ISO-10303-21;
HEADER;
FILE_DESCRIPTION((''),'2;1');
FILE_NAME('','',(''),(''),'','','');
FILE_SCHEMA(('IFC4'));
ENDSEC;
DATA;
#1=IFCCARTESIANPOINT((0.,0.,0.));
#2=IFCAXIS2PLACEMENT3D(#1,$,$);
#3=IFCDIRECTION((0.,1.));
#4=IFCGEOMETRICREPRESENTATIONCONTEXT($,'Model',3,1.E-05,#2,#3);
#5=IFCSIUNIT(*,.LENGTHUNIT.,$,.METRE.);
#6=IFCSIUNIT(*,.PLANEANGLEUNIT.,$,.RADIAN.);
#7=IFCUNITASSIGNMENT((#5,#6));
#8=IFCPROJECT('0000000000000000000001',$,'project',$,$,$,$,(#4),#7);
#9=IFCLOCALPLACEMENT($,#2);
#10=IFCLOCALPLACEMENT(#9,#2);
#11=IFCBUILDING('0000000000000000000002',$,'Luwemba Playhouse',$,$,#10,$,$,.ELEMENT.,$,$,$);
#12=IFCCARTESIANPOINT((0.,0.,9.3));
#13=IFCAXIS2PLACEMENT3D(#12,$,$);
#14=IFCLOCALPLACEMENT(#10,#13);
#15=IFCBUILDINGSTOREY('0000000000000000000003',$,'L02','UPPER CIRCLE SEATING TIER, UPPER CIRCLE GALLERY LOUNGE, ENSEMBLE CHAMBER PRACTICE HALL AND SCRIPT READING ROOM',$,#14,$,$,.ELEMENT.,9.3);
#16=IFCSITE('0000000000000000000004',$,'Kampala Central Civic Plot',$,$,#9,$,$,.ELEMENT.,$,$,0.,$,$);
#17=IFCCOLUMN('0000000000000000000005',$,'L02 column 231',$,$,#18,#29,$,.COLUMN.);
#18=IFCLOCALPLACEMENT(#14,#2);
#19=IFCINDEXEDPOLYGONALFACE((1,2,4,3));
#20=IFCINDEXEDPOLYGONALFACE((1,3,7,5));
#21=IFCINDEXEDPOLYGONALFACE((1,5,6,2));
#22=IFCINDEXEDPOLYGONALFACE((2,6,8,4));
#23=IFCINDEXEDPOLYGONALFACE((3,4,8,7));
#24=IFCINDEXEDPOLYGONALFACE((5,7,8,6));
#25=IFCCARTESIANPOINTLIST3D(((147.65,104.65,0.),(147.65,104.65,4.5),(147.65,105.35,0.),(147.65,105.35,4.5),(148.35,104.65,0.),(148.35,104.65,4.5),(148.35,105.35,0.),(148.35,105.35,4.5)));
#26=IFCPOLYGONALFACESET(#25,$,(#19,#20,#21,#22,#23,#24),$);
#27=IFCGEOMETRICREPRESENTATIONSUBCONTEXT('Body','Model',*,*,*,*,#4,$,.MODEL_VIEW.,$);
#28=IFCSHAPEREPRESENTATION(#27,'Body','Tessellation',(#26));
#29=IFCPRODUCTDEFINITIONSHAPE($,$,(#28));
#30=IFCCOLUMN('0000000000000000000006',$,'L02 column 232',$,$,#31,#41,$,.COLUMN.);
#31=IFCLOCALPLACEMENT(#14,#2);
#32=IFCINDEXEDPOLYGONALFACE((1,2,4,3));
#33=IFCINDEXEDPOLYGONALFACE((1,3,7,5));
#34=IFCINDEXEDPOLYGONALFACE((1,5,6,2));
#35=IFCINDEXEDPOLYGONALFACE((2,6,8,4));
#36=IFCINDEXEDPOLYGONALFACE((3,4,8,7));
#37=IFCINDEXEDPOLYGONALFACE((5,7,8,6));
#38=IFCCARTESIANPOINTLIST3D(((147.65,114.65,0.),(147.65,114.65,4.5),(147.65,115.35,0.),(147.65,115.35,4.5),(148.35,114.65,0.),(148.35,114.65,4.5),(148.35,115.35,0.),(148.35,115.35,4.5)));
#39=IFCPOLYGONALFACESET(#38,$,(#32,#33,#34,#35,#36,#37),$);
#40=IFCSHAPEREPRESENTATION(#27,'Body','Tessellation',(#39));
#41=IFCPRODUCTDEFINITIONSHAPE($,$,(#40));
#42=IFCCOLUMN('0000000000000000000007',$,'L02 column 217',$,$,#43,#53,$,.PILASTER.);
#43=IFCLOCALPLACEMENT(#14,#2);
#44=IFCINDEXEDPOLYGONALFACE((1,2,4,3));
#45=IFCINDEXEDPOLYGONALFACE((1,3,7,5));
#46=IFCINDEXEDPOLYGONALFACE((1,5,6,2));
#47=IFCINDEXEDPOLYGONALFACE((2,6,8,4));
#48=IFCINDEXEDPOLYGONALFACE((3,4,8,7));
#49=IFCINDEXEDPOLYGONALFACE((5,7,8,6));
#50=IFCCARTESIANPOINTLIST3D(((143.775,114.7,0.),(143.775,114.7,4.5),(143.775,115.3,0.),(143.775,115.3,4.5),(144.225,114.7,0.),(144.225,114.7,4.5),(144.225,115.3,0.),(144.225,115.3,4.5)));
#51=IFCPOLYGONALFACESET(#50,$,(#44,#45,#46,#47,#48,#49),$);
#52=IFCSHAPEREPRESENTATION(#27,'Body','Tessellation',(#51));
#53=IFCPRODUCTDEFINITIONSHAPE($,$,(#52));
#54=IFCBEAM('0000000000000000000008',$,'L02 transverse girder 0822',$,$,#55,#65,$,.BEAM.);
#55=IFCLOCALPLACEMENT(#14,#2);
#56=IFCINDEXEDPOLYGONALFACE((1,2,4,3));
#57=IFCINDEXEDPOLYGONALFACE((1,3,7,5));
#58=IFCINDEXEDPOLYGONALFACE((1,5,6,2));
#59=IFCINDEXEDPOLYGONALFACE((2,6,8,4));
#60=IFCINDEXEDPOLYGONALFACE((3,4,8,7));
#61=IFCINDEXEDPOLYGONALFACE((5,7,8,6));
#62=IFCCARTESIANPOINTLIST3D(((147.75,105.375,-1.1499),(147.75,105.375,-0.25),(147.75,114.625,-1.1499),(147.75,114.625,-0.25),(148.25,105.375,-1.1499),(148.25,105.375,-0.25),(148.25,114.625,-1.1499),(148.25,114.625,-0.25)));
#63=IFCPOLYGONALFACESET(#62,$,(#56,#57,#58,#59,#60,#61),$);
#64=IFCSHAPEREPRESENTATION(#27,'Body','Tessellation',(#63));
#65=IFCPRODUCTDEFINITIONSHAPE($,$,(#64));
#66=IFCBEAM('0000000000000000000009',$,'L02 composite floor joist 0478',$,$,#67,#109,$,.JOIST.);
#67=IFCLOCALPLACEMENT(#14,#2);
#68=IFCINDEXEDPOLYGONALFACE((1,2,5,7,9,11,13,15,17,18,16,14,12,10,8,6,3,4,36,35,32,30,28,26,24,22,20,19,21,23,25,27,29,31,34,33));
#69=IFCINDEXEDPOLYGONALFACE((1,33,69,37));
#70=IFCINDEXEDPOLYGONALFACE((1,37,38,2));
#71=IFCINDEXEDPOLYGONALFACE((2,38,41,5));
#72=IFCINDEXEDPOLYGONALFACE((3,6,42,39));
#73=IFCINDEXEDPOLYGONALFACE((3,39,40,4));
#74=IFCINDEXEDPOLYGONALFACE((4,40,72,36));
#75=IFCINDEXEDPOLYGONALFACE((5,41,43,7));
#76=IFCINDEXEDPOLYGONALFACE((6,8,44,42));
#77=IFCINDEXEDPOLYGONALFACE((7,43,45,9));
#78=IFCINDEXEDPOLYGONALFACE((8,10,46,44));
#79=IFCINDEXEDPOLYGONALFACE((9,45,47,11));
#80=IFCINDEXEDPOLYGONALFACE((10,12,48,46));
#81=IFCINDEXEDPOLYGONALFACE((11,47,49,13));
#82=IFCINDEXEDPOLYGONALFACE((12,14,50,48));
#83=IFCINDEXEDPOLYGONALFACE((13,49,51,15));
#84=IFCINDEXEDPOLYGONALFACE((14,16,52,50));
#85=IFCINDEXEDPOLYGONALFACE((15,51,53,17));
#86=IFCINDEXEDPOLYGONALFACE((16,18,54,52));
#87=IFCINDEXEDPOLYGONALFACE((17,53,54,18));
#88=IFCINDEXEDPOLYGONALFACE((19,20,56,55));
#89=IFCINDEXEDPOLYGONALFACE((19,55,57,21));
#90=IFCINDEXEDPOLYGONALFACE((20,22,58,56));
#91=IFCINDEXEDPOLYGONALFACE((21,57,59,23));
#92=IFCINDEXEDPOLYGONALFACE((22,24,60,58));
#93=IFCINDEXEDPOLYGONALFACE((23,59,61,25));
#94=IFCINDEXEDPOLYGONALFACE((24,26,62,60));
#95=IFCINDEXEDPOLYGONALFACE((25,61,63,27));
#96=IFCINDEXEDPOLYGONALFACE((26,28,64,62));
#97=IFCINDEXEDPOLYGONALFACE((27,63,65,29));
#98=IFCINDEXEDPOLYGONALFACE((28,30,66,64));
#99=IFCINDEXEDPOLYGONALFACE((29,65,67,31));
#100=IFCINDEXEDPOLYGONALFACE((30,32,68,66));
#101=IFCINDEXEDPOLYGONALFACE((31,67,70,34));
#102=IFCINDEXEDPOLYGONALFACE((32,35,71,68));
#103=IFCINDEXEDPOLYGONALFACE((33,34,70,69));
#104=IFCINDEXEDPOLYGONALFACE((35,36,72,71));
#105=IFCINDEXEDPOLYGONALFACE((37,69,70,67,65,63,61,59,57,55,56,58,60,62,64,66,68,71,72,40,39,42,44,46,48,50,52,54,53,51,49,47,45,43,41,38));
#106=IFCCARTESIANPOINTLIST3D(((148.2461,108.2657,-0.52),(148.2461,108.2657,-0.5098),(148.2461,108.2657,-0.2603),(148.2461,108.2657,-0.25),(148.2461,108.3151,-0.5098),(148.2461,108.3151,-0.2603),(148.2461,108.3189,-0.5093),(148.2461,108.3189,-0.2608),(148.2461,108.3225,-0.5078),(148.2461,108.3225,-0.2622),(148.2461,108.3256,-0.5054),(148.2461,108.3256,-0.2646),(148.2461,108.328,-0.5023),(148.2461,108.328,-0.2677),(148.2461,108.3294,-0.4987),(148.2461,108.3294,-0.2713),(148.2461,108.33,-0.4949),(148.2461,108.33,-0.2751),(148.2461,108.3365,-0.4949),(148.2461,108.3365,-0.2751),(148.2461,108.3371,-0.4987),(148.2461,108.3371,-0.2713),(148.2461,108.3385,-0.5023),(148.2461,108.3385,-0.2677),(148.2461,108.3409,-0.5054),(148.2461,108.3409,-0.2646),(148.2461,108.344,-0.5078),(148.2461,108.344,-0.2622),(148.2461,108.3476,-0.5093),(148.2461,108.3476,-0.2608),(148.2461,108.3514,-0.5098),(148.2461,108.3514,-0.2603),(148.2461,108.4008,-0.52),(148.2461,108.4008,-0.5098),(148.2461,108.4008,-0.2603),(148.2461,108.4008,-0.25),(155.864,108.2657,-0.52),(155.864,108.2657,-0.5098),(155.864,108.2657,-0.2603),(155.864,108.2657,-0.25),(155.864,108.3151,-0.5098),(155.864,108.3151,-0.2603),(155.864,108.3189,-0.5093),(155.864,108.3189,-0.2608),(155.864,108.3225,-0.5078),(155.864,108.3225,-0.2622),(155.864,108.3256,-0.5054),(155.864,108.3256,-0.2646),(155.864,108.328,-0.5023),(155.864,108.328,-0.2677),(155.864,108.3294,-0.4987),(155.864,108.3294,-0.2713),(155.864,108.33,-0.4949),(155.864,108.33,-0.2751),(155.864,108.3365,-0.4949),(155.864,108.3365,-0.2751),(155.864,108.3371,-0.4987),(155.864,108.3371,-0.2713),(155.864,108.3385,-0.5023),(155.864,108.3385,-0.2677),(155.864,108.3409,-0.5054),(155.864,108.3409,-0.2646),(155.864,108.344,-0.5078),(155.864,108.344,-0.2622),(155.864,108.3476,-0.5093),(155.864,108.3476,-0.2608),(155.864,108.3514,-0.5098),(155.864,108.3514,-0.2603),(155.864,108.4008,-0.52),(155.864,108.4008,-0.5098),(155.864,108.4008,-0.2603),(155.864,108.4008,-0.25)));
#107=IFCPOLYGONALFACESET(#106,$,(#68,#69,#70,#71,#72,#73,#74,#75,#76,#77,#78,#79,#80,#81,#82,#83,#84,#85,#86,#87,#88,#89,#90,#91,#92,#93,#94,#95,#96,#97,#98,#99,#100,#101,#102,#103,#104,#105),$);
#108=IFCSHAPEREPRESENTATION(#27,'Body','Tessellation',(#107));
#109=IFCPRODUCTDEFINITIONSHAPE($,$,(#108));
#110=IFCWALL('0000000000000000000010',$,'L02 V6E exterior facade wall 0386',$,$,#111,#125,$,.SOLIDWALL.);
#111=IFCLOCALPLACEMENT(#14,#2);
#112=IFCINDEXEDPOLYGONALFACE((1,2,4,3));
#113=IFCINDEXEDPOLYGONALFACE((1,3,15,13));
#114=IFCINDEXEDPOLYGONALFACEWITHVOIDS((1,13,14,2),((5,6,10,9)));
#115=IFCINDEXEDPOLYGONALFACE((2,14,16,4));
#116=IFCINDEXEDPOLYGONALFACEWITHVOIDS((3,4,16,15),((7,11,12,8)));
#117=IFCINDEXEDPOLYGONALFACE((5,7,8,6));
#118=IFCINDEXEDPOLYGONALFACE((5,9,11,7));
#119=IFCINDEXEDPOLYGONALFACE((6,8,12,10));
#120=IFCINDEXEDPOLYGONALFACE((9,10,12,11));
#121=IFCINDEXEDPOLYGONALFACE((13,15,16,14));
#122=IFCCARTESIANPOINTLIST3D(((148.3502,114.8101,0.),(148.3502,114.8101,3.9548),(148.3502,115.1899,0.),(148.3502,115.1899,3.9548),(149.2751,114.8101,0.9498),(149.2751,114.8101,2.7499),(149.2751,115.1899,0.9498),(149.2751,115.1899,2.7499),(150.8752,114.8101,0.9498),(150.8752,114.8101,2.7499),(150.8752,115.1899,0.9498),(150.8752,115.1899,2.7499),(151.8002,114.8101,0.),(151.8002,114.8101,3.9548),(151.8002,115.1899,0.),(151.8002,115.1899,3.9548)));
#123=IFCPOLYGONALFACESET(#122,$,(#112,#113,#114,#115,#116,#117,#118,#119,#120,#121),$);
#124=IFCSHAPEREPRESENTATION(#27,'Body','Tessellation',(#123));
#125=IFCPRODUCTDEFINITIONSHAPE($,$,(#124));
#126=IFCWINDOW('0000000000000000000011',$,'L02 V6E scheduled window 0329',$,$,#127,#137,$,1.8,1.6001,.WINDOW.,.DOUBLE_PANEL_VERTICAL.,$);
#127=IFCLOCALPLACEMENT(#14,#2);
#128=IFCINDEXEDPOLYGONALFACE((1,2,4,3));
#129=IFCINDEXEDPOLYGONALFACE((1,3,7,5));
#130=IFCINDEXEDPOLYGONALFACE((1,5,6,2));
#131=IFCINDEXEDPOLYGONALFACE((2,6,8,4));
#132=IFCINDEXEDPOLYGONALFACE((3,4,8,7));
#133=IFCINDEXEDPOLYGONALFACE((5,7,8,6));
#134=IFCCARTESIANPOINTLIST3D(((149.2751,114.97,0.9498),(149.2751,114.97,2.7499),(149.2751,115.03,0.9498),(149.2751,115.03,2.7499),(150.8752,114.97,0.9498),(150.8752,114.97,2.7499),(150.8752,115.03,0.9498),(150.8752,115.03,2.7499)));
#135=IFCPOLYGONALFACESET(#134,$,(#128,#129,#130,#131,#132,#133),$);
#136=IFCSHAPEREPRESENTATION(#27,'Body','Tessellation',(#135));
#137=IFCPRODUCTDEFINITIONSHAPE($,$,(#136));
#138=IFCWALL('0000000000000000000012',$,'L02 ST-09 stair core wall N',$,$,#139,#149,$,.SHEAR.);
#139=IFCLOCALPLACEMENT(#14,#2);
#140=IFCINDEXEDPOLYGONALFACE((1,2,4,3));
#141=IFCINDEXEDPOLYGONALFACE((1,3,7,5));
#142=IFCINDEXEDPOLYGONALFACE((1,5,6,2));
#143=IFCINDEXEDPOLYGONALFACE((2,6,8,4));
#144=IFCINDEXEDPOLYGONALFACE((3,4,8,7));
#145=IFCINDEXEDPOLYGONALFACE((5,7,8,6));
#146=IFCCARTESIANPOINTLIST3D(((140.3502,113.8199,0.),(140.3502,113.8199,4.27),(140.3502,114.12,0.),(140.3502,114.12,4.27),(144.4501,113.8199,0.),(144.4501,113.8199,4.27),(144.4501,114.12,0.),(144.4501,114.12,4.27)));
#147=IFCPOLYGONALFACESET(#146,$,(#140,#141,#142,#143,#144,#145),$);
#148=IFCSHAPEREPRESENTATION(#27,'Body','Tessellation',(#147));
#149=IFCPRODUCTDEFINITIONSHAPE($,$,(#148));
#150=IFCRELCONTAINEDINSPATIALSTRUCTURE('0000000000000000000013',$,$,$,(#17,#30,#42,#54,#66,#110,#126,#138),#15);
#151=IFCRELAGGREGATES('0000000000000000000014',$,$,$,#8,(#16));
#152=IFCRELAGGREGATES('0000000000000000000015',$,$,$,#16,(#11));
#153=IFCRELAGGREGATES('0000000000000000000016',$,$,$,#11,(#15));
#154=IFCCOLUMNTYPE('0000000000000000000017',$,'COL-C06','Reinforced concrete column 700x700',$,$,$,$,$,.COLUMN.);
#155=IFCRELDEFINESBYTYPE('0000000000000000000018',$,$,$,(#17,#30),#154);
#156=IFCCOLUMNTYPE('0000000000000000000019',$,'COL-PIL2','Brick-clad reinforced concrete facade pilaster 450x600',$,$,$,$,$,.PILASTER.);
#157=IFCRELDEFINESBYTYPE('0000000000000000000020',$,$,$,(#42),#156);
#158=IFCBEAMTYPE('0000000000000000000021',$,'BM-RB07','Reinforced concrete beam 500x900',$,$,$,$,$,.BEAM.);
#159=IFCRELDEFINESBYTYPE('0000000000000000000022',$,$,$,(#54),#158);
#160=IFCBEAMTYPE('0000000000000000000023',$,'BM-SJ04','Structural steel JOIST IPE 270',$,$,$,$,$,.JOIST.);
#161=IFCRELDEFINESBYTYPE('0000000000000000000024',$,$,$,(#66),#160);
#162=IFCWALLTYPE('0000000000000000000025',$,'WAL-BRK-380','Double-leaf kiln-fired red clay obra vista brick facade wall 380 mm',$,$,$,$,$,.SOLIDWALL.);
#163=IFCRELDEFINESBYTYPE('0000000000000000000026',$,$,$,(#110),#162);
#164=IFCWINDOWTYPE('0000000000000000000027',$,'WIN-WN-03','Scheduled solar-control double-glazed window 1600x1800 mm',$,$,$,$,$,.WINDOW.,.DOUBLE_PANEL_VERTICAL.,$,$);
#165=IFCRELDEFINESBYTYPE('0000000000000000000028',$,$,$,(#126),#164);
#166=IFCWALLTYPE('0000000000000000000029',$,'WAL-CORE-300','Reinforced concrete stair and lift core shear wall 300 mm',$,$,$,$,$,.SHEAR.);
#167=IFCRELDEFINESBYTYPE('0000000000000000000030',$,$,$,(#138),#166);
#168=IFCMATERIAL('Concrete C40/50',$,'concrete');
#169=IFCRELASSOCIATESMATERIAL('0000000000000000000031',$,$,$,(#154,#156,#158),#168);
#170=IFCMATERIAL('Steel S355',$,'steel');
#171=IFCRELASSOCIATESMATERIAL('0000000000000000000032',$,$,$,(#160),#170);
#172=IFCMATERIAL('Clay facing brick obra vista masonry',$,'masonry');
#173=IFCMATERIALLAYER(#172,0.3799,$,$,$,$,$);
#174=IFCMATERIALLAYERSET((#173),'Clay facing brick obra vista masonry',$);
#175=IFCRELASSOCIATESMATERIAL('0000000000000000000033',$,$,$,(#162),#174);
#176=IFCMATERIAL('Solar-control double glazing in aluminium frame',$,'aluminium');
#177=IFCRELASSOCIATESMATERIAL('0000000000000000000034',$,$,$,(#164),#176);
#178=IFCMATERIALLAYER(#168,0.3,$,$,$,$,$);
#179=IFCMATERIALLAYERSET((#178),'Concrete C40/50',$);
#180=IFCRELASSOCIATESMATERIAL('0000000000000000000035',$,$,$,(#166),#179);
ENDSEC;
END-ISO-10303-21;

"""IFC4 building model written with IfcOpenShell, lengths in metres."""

from ifc_helpers import new_model, si_unit, direction, frame, frame_2d, origin, origin_2d, place, context, subcontext, project, spatial, rectangle, i_section, extrude, material, layer, layer_set, material_profile, profile_set, type_object, element, fill, save


model = new_model("IFC4")

# Units and contexts
model_context = context("Model", 3, precision=1e-05, world=origin(), true_north=direction((0.0, 1.0)))
body_context = subcontext(model_context, "Body", "Model", "MODEL_VIEW")
ifc_project = project(units=[si_unit("LENGTHUNIT", "METRE"), si_unit("PLANEANGLEUNIT", "RADIAN")], contexts=[model_context])

# Site, building, storey
site_placement = place(None, origin())
site = spatial("IfcSite", under=ifc_project, at=site_placement, Name="Kampala Central Civic Plot", CompositionType="ELEMENT", RefElevation=0.0)
building_placement = place(site_placement, origin())
building = spatial("IfcBuilding", under=site, at=building_placement, Name="Luwemba Playhouse", CompositionType="ELEMENT")
storey_placement = place(building_placement, frame((0.0, 0.0, 9.3)))
storey = spatial("IfcBuildingStorey", under=building, at=storey_placement, Name="L02", Description="UPPER CIRCLE SEATING TIER, UPPER CIRCLE GALLERY LOUNGE, ENSEMBLE CHAMBER PRACTICE HALL AND SCRIPT READING ROOM", CompositionType="ELEMENT", Elevation=9.3)

# Columns
ifc_material_1 = material(Name="Concrete C40/50", Category="concrete")
ifc_material_profile_1 = material_profile(ifc_material_1, rectangle(XDim=0.7, YDim=0.7, at=origin_2d()))
ifc_profile_set_1 = profile_set([ifc_material_profile_1], Name="Concrete C40/50")
column_type_1 = type_object("IfcColumnType", Name="COL-C06", Description="Reinforced concrete column 700x700", PredefinedType="COLUMN", material=ifc_profile_set_1)
for number, where, z_axis, x_axis, name in (
    (1, (148.0, 105.0, 0.0), (0.0, 0.0, 1.0), (1.0, 0.0, 0.0), "L02 column 231"),
    (2, (148.0, 115.0, 0.0), (0.0, 0.0, 1.0), (1.0, 0.0, 0.0), "L02 column 232"),
):
    element("IfcColumn", number, at=place(storey_placement, frame(where, z_axis=z_axis, x_axis=x_axis)), inside=storey, type_object=column_type_1, Name=name, PredefinedType="COLUMN", context=body_context, shape_type="SweptSolid", body=[
        extrude(rectangle(XDim=0.7, YDim=0.7, at=origin_2d()), origin(), (0.0, 0.0, 1.0), 4.5),
    ])
ifc_material_profile_2 = material_profile(ifc_material_1, rectangle(XDim=0.45, YDim=0.6001, at=origin_2d()))
ifc_profile_set_2 = profile_set([ifc_material_profile_2], Name="Concrete C40/50")
column_type_2 = type_object("IfcColumnType", Name="COL-PIL2", Description="Brick-clad reinforced concrete facade pilaster 450x600", PredefinedType="PILASTER", material=ifc_profile_set_2)
column_placement = place(storey_placement, frame((144.0, 115.0, 0.0), z_axis=(0.0, 0.0, 1.0), x_axis=(1.0, 0.0, 0.0)))
element("IfcColumn", 3, at=column_placement, inside=storey, type_object=column_type_2, Name="L02 column 217", PredefinedType="PILASTER", context=body_context, shape_type="SweptSolid", body=[
    extrude(rectangle(XDim=0.45, YDim=0.6001, at=origin_2d()), origin(), (0.0, 0.0, 1.0), 4.5),
])

# Beams
ifc_material_profile_3 = material_profile(ifc_material_1, rectangle(XDim=0.5, YDim=0.8999, at=origin_2d()))
ifc_profile_set_3 = profile_set([ifc_material_profile_3], Name="Concrete C40/50")
beam_type_1 = type_object("IfcBeamType", Name="BM-RB07", Description="Reinforced concrete beam 500x900", PredefinedType="BEAM", material=ifc_profile_set_3)
beam_1_placement = place(storey_placement, frame((148.0, 105.375, -0.7), z_axis=(0.0, 1.0, 0.0), x_axis=(-1.0, 0.0, 0.0)))
element("IfcBeam", 4, at=beam_1_placement, inside=storey, type_object=beam_type_1, Name="L02 transverse girder 0822", PredefinedType="BEAM", context=body_context, shape_type="SweptSolid", body=[
    extrude(rectangle(XDim=0.5, YDim=0.8999, at=origin_2d()), origin(), (0.0, 0.0, 1.0), 9.25),
])
ifc_material_2 = material(Name="Steel S355", Category="steel")
ifc_material_profile_4 = material_profile(ifc_material_2, i_section(OverallWidth=0.135, OverallDepth=0.27, WebThickness=0.0066, FlangeThickness=0.0103, FilletRadius=0.0149, at=origin_2d()))
ifc_profile_set_4 = profile_set([ifc_material_profile_4], Name="Steel S355")
beam_type_2 = type_object("IfcBeamType", Name="BM-SJ04", Description="Structural steel JOIST IPE 270", PredefinedType="JOIST", material=ifc_profile_set_4)
beam_2_placement = place(storey_placement, frame((148.2461, 108.3333, -0.385), z_axis=(1.0, 0.0, 0.0), x_axis=(0.0, 1.0, 0.0)))
element("IfcBeam", 5, at=beam_2_placement, inside=storey, type_object=beam_type_2, Name="L02 composite floor joist 0478", PredefinedType="JOIST", context=body_context, shape_type="SweptSolid", body=[
    extrude(i_section(OverallWidth=0.135, OverallDepth=0.27, WebThickness=0.0066, FlangeThickness=0.0103, FilletRadius=0.0149, at=origin_2d()), origin(), (0.0, 0.0, 1.0), 7.6179),
])

# Wall, opening, window
ifc_material_3 = material(Name="Clay facing brick obra vista masonry", Category="masonry")
ifc_layer_1 = layer(ifc_material_3, 0.3799)
ifc_layer_set_1 = layer_set([ifc_layer_1], Name="Clay facing brick obra vista masonry")
wall_type_1 = type_object("IfcWallType", Name="WAL-BRK-380", Description="Double-leaf kiln-fired red clay obra vista brick facade wall 380 mm", PredefinedType="SOLIDWALL", material=ifc_layer_set_1)
wall_1_placement = place(storey_placement, frame((148.3501, 115.0, 0.0), z_axis=(0.0, 0.0, 1.0), x_axis=(1.0, 0.0, 0.0)))
wall_1 = element("IfcWall", 6, at=wall_1_placement, inside=storey, type_object=wall_type_1, Name="L02 V6E exterior facade wall 0386", PredefinedType="SOLIDWALL", context=body_context, shape_type="SweptSolid", body=[
    extrude(rectangle(XDim=3.45, YDim=0.3799, at=frame_2d((1.7251, 0.0))), origin(), (0.0, 0.0, 1.0), 3.9548),
])
opening_1_placement = place(wall_1_placement, frame((0.925, 0.0, 0.95)))
opening_1 = element("IfcOpeningElement", 7, at=opening_1_placement, cuts=wall_1, PredefinedType="OPENING", context=body_context, shape_type="SweptSolid", body=[
    extrude(rectangle(XDim=1.6001, YDim=1.8, at=frame_2d((0.8, 0.8999))), frame((0.0, 0.2, 0.0), z_axis=(0.0, -1.0, 0.0), x_axis=(1.0, 0.0, 0.0)), (0.0, 0.0, 1.0), 0.3999),
])
ifc_material_4 = material(Name="Solar-control double glazing in aluminium frame", Category="aluminium")
window_type_1 = type_object("IfcWindowType", Name="WIN-WN-03", Description="Scheduled solar-control double-glazed window 1600x1800 mm", PartitioningType="DOUBLE_PANEL_VERTICAL", PredefinedType="WINDOW", material=ifc_material_4)
window_1_placement = place(opening_1_placement, origin())
window_1 = element("IfcWindow", 8, at=window_1_placement, inside=storey, type_object=window_type_1, Name="L02 V6E scheduled window 0329", OverallHeight=1.8, OverallWidth=1.6001, PartitioningType="DOUBLE_PANEL_VERTICAL", PredefinedType="WINDOW", context=body_context, shape_type="SweptSolid", body=[
    extrude(rectangle(XDim=1.6001, YDim=1.8, at=frame_2d((0.8, 0.8999))), frame((0.0, 0.03, 0.0), z_axis=(0.0, -1.0, 0.0), x_axis=(1.0, 0.0, 0.0)), (0.0, 0.0, 1.0), 0.0601),
])
fill(opening_1, window_1)

# Wall
ifc_layer_2 = layer(ifc_material_1, 0.3)
ifc_layer_set_2 = layer_set([ifc_layer_2], Name="Concrete C40/50")
wall_type_2 = type_object("IfcWallType", Name="WAL-CORE-300", Description="Reinforced concrete stair and lift core shear wall 300 mm", PredefinedType="SHEAR", material=ifc_layer_set_2)
wall_2_placement = place(storey_placement, frame((144.45, 113.97, 0.0), z_axis=(0.0, 0.0, 1.0), x_axis=(-1.0, 0.0, 0.0)))
element("IfcWall", 9, at=wall_2_placement, inside=storey, type_object=wall_type_2, Name="L02 ST-09 stair core wall N", PredefinedType="SHEAR", context=body_context, shape_type="SweptSolid", body=[
    extrude(rectangle(XDim=4.0999, YDim=0.3, at=frame_2d((2.0498, 0.0))), origin(), (0.0, 0.0, 1.0), 4.27),
])

save(model, "model.ifc")
